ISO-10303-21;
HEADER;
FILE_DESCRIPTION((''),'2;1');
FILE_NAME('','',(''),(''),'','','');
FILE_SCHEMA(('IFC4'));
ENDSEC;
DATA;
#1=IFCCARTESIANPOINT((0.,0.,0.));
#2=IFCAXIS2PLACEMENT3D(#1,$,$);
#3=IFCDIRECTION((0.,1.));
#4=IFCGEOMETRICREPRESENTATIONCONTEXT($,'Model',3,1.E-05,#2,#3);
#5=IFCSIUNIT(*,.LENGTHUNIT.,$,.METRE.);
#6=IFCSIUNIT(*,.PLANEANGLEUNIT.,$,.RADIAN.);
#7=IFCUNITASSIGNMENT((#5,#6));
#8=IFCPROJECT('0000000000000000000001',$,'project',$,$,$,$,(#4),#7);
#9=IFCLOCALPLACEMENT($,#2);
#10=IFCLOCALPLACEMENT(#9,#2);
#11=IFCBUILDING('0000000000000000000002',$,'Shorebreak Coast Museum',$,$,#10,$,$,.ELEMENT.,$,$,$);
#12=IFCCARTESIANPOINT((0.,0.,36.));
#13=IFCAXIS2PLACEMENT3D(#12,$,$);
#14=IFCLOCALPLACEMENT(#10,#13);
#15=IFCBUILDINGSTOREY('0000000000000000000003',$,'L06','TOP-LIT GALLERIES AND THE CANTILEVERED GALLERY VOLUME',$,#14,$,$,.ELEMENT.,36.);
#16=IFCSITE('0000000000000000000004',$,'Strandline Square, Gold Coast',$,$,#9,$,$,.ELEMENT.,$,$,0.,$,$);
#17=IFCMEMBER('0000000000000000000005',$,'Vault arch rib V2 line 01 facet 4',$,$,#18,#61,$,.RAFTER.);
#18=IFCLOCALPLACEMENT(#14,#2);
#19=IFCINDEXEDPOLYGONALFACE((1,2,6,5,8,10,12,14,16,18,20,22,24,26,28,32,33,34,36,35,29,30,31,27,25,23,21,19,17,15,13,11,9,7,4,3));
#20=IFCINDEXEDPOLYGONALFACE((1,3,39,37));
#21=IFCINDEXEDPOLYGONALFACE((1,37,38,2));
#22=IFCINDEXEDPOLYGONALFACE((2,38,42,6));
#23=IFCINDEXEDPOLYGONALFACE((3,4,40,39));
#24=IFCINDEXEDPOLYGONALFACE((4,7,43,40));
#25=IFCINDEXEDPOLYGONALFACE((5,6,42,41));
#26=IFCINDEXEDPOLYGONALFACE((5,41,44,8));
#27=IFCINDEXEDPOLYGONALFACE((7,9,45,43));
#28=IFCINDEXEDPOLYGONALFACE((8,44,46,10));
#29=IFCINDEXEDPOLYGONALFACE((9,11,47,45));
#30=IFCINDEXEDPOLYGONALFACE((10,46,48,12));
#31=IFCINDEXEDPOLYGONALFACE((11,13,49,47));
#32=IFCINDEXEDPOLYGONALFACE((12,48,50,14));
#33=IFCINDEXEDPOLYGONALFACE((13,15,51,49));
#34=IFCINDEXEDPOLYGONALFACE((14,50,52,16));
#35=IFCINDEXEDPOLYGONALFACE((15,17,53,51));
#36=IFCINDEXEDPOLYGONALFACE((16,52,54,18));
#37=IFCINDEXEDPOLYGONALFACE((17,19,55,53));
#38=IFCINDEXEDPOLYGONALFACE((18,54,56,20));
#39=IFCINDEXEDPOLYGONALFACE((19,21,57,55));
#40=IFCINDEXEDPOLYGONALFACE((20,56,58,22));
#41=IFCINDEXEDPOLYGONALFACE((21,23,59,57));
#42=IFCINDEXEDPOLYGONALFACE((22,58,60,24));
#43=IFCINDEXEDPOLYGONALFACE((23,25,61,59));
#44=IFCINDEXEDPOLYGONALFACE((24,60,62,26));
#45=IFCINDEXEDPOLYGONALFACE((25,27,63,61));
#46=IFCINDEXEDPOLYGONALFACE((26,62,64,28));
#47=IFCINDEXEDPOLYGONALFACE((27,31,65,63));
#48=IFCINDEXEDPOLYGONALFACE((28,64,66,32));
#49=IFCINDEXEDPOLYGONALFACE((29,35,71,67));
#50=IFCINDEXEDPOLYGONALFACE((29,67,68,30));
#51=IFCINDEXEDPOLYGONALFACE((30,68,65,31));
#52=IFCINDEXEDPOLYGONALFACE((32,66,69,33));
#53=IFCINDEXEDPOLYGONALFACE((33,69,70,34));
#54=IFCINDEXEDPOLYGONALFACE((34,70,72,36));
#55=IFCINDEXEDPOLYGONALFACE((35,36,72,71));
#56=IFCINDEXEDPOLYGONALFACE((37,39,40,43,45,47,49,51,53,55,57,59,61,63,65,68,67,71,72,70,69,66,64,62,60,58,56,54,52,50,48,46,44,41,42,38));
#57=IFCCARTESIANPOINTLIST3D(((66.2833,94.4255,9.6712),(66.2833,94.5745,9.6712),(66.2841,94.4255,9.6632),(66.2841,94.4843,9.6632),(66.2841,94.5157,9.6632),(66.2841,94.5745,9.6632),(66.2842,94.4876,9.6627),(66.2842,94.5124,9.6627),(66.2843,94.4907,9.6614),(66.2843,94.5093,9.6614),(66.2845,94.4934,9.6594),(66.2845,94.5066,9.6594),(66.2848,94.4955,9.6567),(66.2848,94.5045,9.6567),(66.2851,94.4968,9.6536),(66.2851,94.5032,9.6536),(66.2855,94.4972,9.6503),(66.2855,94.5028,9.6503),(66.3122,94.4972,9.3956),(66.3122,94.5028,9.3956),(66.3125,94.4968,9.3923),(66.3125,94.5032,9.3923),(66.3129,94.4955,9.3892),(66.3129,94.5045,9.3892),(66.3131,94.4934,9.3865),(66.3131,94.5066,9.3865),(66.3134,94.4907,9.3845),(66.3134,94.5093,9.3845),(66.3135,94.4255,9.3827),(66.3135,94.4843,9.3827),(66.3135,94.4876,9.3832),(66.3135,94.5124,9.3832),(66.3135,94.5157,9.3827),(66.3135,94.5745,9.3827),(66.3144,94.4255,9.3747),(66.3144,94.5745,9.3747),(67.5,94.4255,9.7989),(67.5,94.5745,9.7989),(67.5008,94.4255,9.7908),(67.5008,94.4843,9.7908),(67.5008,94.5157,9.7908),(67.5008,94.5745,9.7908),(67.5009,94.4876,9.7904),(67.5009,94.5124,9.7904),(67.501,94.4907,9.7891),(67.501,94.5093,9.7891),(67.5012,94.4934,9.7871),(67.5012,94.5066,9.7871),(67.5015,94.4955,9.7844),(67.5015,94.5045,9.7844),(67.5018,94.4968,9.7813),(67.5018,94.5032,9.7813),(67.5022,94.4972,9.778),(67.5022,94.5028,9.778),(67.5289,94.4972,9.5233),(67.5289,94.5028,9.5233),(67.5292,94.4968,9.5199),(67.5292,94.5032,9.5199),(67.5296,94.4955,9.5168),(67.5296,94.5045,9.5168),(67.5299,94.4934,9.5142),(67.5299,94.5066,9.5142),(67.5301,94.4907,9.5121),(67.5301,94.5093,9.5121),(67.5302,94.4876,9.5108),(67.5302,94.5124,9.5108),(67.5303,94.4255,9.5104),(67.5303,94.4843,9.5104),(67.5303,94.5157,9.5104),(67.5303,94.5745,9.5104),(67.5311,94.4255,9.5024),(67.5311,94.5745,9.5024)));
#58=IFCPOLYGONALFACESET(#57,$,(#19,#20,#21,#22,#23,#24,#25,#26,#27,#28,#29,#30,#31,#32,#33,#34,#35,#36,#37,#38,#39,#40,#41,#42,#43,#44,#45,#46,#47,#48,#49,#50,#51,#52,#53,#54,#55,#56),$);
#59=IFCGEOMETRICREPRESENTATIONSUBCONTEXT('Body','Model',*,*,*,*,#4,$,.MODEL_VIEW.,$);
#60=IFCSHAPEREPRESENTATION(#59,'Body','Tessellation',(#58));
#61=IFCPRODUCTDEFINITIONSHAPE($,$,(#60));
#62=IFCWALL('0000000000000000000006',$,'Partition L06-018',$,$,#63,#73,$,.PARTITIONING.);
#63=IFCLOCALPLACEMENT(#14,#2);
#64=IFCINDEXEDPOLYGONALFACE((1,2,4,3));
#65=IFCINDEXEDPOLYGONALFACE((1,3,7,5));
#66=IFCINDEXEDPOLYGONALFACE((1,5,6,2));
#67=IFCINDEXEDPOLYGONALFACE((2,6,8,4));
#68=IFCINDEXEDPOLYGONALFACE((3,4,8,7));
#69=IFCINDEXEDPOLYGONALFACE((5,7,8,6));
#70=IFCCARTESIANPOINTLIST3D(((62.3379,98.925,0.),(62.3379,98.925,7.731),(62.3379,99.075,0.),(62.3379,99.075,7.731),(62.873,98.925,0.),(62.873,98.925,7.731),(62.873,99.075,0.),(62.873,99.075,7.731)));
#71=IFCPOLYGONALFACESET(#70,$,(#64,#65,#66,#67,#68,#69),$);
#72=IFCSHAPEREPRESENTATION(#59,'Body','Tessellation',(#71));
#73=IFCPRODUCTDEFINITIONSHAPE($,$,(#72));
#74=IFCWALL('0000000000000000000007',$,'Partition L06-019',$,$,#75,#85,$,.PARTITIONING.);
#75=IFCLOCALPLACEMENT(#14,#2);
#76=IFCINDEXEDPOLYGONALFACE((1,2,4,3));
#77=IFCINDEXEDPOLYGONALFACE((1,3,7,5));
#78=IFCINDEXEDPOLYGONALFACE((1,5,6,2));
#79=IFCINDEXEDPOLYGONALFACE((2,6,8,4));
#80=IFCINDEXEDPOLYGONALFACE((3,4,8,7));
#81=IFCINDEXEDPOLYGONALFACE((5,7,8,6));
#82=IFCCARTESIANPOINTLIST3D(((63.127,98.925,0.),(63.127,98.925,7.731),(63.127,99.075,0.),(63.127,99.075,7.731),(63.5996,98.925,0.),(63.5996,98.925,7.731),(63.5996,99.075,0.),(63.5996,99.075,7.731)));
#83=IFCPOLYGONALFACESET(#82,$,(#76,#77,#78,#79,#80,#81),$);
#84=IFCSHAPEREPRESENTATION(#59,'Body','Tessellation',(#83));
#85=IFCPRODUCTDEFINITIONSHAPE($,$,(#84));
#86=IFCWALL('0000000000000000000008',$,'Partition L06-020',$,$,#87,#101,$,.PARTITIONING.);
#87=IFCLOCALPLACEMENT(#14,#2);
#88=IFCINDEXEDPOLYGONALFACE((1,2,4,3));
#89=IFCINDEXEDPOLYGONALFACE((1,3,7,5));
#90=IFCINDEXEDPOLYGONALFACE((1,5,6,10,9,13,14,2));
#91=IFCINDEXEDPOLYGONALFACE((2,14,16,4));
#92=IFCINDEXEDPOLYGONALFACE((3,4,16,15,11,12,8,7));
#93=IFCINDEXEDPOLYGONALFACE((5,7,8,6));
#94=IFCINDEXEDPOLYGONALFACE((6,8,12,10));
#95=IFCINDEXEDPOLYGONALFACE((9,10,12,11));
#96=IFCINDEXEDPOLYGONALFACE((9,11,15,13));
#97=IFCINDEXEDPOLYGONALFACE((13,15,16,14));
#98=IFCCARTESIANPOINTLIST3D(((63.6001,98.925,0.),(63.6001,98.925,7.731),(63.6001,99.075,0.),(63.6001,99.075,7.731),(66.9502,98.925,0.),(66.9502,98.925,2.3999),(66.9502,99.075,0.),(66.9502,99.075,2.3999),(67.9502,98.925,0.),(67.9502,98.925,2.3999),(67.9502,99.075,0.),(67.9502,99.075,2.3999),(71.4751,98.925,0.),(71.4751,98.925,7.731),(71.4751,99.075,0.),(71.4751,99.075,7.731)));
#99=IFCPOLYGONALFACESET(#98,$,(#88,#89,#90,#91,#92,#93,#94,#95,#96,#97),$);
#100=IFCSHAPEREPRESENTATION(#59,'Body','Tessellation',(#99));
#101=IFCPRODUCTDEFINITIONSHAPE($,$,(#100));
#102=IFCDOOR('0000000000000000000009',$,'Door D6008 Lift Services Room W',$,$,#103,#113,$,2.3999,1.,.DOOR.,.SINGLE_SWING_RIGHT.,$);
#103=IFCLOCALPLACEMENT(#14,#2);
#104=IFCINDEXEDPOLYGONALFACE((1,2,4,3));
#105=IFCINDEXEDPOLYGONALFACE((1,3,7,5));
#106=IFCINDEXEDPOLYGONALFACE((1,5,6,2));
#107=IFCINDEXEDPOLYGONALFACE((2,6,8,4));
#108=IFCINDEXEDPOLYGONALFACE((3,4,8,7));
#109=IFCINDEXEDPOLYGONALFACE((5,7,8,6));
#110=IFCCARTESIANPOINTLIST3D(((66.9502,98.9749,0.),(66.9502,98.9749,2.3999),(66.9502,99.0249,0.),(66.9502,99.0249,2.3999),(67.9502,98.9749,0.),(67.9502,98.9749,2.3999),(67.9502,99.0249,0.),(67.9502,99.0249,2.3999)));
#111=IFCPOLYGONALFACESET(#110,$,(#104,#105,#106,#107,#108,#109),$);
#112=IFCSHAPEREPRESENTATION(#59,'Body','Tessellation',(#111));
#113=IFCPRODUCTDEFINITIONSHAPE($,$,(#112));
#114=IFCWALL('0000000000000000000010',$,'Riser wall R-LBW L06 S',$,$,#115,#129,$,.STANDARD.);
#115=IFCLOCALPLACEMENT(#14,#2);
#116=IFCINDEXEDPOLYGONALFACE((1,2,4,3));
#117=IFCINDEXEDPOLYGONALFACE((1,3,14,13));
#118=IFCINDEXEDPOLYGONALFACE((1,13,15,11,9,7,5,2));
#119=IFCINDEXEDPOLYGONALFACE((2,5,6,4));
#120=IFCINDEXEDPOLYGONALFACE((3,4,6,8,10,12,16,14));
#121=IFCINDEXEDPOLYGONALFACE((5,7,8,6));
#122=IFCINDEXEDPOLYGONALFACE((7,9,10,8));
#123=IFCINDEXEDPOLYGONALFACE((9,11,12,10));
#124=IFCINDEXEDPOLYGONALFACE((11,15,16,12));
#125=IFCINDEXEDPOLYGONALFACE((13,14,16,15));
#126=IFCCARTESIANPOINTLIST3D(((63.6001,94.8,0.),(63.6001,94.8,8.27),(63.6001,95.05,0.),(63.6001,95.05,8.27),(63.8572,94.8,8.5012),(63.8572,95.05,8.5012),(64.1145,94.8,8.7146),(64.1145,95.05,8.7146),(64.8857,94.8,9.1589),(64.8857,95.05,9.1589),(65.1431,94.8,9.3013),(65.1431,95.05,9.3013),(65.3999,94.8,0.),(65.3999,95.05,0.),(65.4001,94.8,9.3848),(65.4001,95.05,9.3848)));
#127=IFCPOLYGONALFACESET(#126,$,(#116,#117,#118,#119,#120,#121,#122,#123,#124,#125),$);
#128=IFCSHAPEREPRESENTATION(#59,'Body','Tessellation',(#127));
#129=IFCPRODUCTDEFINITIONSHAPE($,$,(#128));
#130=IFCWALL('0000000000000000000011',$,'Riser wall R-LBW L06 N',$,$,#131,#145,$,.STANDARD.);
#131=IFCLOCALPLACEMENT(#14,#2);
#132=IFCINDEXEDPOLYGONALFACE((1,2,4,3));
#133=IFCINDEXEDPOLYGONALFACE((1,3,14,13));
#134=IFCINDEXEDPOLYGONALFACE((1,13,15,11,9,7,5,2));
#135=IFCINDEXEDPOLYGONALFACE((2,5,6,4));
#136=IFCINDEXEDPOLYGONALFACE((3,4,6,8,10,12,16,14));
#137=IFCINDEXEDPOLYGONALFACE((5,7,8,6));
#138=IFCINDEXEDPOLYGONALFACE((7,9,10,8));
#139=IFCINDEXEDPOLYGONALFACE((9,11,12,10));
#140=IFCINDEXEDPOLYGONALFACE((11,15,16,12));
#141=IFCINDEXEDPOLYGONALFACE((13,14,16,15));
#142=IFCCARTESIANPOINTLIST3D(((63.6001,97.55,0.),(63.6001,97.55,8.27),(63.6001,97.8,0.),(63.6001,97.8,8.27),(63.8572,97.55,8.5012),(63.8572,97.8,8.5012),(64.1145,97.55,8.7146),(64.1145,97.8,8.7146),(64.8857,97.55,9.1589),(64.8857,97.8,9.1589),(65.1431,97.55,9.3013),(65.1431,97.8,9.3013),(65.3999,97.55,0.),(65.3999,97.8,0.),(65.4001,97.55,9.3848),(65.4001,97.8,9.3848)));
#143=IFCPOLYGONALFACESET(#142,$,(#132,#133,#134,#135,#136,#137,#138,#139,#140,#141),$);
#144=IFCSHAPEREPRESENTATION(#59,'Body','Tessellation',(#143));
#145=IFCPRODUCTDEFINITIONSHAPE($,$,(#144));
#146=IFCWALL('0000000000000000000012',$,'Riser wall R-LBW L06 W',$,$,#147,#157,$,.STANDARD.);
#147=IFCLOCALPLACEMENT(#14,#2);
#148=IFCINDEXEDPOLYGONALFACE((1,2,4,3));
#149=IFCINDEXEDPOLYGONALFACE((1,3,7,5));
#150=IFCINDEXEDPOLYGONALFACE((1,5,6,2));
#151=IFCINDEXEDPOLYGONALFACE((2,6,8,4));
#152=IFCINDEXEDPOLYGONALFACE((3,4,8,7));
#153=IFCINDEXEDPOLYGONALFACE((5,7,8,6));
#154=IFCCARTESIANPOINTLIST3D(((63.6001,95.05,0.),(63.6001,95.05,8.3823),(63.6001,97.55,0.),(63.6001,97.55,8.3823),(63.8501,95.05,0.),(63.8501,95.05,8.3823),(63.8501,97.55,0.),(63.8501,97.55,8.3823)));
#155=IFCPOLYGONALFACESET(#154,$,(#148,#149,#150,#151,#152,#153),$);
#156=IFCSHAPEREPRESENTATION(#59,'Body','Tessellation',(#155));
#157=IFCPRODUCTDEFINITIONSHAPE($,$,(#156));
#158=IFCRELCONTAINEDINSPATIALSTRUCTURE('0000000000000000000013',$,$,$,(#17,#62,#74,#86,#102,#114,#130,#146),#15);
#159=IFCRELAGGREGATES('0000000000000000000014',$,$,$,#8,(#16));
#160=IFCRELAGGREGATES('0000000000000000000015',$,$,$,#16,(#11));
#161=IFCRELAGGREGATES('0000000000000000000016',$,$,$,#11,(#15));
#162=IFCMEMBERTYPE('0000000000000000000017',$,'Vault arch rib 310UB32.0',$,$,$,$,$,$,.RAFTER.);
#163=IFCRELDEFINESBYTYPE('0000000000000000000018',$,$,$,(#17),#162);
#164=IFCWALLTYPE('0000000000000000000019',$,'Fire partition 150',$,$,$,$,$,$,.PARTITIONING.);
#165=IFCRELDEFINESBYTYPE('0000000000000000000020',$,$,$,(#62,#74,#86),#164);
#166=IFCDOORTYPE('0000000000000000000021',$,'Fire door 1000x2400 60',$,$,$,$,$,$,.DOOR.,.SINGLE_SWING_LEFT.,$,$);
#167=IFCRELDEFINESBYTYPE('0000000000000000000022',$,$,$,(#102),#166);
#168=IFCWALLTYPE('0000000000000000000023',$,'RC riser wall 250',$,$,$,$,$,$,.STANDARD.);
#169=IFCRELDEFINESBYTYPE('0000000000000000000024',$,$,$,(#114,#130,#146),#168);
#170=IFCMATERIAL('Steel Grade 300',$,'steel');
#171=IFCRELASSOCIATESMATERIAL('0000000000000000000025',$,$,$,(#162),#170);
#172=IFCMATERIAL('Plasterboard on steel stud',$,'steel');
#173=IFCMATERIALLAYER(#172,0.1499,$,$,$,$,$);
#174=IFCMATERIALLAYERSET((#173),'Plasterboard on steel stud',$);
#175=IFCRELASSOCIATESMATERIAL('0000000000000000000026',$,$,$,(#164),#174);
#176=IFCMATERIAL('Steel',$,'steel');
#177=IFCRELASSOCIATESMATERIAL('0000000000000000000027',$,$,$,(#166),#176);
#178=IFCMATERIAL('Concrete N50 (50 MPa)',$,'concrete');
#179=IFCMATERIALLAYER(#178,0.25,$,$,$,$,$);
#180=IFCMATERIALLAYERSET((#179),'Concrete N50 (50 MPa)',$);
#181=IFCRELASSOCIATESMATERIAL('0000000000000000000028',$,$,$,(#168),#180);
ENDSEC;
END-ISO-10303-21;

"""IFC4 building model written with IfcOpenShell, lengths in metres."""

from ifc_helpers import new_model, si_unit, direction, frame, frame_2d, origin, origin_2d, place, context, subcontext, project, spatial, polyline, rectangle, i_section, outline, extrude, material, layer, layer_set, material_profile, profile_set, type_object, element, fill, save


model = new_model("IFC4")

# Units and contexts
model_context = context("Model", 3, precision=1e-05, world=origin(), true_north=direction((0.0, 1.0)))
body_context = subcontext(model_context, "Body", "Model", "MODEL_VIEW")
ifc_project = project(units=[si_unit("LENGTHUNIT", "METRE"), si_unit("PLANEANGLEUNIT", "RADIAN")], contexts=[model_context])

# Site, building, storey
site_placement = place(None, origin())
site = spatial("IfcSite", under=ifc_project, at=site_placement, Name="Strandline Square, Gold Coast", CompositionType="ELEMENT", RefElevation=0.0)
building_placement = place(site_placement, origin())
building = spatial("IfcBuilding", under=site, at=building_placement, Name="Shorebreak Coast Museum", CompositionType="ELEMENT")
storey_placement = place(building_placement, frame((0.0, 0.0, 36.0)))
storey = spatial("IfcBuildingStorey", under=building, at=storey_placement, Name="L06", Description="TOP-LIT GALLERIES AND THE CANTILEVERED GALLERY VOLUME", CompositionType="ELEMENT", Elevation=36.0)

# Member
ifc_material_1 = material(Name="Steel Grade 300", Category="steel")
ifc_material_profile_1 = material_profile(ifc_material_1, i_section(OverallWidth=0.1489, OverallDepth=0.2981, WebThickness=0.0056, FlangeThickness=0.0081, FilletRadius=0.0129, at=origin_2d()), Name="310UB32.0")
ifc_profile_set_1 = profile_set([ifc_material_profile_1], Name="Steel Grade 300")
member_type_1 = type_object("IfcMemberType", Name="Vault arch rib 310UB32.0", PredefinedType="RAFTER", material=ifc_profile_set_1)
for number, where, z_axis, x_axis, name in (
    (1, (66.2988, 94.5, 9.5229), (0.994539, 0.0, 0.104363), (0.0, 1.0, 0.0), "Vault arch rib V2 line 01 facet 4"),
):
    element("IfcMember", number, at=place(storey_placement, frame(where, z_axis=z_axis, x_axis=x_axis)), inside=storey, type_object=member_type_1, Name=name, PredefinedType="RAFTER", context=body_context, shape_type="SweptSolid", body=[
        extrude(i_section(OverallWidth=0.1489, OverallDepth=0.2981, WebThickness=0.0056, FlangeThickness=0.0081, FilletRadius=0.0129, at=origin_2d()), origin(), (0.0, 0.0, 1.0), 1.2234),
    ])

# Walls
ifc_material_2 = material(Name="Plasterboard on steel stud", Category="steel")
ifc_layer_1 = layer(ifc_material_2, 0.1499)
ifc_layer_set_1 = layer_set([ifc_layer_1], Name="Plasterboard on steel stud")
wall_type_1 = type_object("IfcWallType", Name="Fire partition 150", PredefinedType="PARTITIONING", material=ifc_layer_set_1)
wall_1_placement = place(storey_placement, frame((62.3379, 99.0, 0.0), z_axis=(0.0, 0.0, 1.0), x_axis=(1.0, 0.0, 0.0)))
element("IfcWall", 2, at=wall_1_placement, inside=storey, type_object=wall_type_1, Name="Partition L06-018", PredefinedType="PARTITIONING", context=body_context, shape_type="SweptSolid", body=[
    extrude(rectangle(XDim=0.5352, YDim=0.1499, at=frame_2d((0.2676, 0.0))), origin(), (0.0, 0.0, 1.0), 7.731),
])
wall_2_placement = place(storey_placement, frame((63.127, 99.0, 0.0), z_axis=(0.0, 0.0, 1.0), x_axis=(1.0, 0.0, 0.0)))
element("IfcWall", 3, at=wall_2_placement, inside=storey, type_object=wall_type_1, Name="Partition L06-019", PredefinedType="PARTITIONING", context=body_context, shape_type="SweptSolid", body=[
    extrude(rectangle(XDim=0.4727, YDim=0.1499, at=frame_2d((0.2363, 0.0))), origin(), (0.0, 0.0, 1.0), 7.731),
])

# Wall, opening, door
wall_3_placement = place(storey_placement, frame((63.6001, 99.0, 0.0), z_axis=(0.0, 0.0, 1.0), x_axis=(1.0, 0.0, 0.0)))
wall_3 = element("IfcWall", 4, at=wall_3_placement, inside=storey, type_object=wall_type_1, Name="Partition L06-020", PredefinedType="PARTITIONING", context=body_context, shape_type="SweptSolid", body=[
    extrude(rectangle(XDim=7.875, YDim=0.1499, at=frame_2d((3.9375, 0.0))), origin(), (0.0, 0.0, 1.0), 7.731),
])
opening_1_placement = place(wall_3_placement, frame((3.3501, 0.0, 0.0)))
opening_1 = element("IfcOpeningElement", 5, at=opening_1_placement, cuts=wall_3, PredefinedType="OPENING", context=body_context, shape_type="SweptSolid", body=[
    extrude(rectangle(XDim=1.0, YDim=2.3999, at=frame_2d((0.5, 1.2))), frame((0.0, 0.085, 0.0), z_axis=(0.0, -1.0, 0.0), x_axis=(1.0, 0.0, 0.0)), (0.0, 0.0, 1.0), 0.1699),
])
ifc_material_3 = material(Name="Steel", Category="steel")
door_type_1 = type_object("IfcDoorType", Name="Fire door 1000x2400 60", OperationType="SINGLE_SWING_LEFT", PredefinedType="DOOR", material=ifc_material_3)
door_1_placement = place(opening_1_placement, origin())
door_1 = element("IfcDoor", 6, at=door_1_placement, inside=storey, type_object=door_type_1, Name="Door D6008 Lift Services Room W", OperationType="SINGLE_SWING_RIGHT", OverallHeight=2.3999, OverallWidth=1.0, PredefinedType="DOOR", context=body_context, shape_type="SweptSolid", body=[
    extrude(rectangle(XDim=1.0, YDim=2.3999, at=frame_2d((0.5, 1.2))), frame((0.0, 0.0249, 0.0), z_axis=(0.0, -1.0, 0.0), x_axis=(1.0, 0.0, 0.0)), (0.0, 0.0, 1.0), 0.05),
])
fill(opening_1, door_1)

# Walls
ifc_material_4 = material(Name="Concrete N50 (50 MPa)", Category="concrete")
ifc_layer_2 = layer(ifc_material_4, 0.25)
ifc_layer_set_2 = layer_set([ifc_layer_2], Name="Concrete N50 (50 MPa)")
wall_type_2 = type_object("IfcWallType", Name="RC riser wall 250", PredefinedType="STANDARD", material=ifc_layer_set_2)
for number, where, z_axis, x_axis, name in (
    (7, (63.6001, 94.925, 0.0), (0.0, 0.0, 1.0), (1.0, 0.0, 0.0), "Riser wall R-LBW L06 S"),
    (8, (63.6001, 97.675, 0.0), (0.0, 0.0, 1.0), (1.0, 0.0, 0.0), "Riser wall R-LBW L06 N"),
):
    element("IfcWall", number, at=place(storey_placement, frame(where, z_axis=z_axis, x_axis=x_axis)), inside=storey, type_object=wall_type_2, Name=name, PredefinedType="STANDARD", context=body_context, shape_type="SweptSolid", body=[
        extrude(outline(polyline([(0.0, 0.0), (1.7998, 0.0), (1.8, 9.3848), (1.543, 9.3013), (1.2856, 9.1589), (0.5144, 8.7146), (0.2571, 8.5012), (0.0, 8.27), (0.0, 0.0)])), frame((0.0, 0.125, 0.0), z_axis=(0.0, -1.0, 0.0), x_axis=(1.0, 0.0, 0.0)), (0.0, 0.0, 1.0), 0.25),
    ])
wall_4_placement = place(storey_placement, frame((63.7251, 95.05, 0.0), z_axis=(0.0, 0.0, 1.0), x_axis=(0.0, 1.0, 0.0)))
element("IfcWall", 9, at=wall_4_placement, inside=storey, type_object=wall_type_2, Name="Riser wall R-LBW L06 W", PredefinedType="STANDARD", context=body_context, shape_type="SweptSolid", body=[
    extrude(rectangle(XDim=2.5, YDim=0.25, at=frame_2d((1.25, 0.0))), origin(), (0.0, 0.0, 1.0), 8.3823),
])

save(model, "model.ifc")
